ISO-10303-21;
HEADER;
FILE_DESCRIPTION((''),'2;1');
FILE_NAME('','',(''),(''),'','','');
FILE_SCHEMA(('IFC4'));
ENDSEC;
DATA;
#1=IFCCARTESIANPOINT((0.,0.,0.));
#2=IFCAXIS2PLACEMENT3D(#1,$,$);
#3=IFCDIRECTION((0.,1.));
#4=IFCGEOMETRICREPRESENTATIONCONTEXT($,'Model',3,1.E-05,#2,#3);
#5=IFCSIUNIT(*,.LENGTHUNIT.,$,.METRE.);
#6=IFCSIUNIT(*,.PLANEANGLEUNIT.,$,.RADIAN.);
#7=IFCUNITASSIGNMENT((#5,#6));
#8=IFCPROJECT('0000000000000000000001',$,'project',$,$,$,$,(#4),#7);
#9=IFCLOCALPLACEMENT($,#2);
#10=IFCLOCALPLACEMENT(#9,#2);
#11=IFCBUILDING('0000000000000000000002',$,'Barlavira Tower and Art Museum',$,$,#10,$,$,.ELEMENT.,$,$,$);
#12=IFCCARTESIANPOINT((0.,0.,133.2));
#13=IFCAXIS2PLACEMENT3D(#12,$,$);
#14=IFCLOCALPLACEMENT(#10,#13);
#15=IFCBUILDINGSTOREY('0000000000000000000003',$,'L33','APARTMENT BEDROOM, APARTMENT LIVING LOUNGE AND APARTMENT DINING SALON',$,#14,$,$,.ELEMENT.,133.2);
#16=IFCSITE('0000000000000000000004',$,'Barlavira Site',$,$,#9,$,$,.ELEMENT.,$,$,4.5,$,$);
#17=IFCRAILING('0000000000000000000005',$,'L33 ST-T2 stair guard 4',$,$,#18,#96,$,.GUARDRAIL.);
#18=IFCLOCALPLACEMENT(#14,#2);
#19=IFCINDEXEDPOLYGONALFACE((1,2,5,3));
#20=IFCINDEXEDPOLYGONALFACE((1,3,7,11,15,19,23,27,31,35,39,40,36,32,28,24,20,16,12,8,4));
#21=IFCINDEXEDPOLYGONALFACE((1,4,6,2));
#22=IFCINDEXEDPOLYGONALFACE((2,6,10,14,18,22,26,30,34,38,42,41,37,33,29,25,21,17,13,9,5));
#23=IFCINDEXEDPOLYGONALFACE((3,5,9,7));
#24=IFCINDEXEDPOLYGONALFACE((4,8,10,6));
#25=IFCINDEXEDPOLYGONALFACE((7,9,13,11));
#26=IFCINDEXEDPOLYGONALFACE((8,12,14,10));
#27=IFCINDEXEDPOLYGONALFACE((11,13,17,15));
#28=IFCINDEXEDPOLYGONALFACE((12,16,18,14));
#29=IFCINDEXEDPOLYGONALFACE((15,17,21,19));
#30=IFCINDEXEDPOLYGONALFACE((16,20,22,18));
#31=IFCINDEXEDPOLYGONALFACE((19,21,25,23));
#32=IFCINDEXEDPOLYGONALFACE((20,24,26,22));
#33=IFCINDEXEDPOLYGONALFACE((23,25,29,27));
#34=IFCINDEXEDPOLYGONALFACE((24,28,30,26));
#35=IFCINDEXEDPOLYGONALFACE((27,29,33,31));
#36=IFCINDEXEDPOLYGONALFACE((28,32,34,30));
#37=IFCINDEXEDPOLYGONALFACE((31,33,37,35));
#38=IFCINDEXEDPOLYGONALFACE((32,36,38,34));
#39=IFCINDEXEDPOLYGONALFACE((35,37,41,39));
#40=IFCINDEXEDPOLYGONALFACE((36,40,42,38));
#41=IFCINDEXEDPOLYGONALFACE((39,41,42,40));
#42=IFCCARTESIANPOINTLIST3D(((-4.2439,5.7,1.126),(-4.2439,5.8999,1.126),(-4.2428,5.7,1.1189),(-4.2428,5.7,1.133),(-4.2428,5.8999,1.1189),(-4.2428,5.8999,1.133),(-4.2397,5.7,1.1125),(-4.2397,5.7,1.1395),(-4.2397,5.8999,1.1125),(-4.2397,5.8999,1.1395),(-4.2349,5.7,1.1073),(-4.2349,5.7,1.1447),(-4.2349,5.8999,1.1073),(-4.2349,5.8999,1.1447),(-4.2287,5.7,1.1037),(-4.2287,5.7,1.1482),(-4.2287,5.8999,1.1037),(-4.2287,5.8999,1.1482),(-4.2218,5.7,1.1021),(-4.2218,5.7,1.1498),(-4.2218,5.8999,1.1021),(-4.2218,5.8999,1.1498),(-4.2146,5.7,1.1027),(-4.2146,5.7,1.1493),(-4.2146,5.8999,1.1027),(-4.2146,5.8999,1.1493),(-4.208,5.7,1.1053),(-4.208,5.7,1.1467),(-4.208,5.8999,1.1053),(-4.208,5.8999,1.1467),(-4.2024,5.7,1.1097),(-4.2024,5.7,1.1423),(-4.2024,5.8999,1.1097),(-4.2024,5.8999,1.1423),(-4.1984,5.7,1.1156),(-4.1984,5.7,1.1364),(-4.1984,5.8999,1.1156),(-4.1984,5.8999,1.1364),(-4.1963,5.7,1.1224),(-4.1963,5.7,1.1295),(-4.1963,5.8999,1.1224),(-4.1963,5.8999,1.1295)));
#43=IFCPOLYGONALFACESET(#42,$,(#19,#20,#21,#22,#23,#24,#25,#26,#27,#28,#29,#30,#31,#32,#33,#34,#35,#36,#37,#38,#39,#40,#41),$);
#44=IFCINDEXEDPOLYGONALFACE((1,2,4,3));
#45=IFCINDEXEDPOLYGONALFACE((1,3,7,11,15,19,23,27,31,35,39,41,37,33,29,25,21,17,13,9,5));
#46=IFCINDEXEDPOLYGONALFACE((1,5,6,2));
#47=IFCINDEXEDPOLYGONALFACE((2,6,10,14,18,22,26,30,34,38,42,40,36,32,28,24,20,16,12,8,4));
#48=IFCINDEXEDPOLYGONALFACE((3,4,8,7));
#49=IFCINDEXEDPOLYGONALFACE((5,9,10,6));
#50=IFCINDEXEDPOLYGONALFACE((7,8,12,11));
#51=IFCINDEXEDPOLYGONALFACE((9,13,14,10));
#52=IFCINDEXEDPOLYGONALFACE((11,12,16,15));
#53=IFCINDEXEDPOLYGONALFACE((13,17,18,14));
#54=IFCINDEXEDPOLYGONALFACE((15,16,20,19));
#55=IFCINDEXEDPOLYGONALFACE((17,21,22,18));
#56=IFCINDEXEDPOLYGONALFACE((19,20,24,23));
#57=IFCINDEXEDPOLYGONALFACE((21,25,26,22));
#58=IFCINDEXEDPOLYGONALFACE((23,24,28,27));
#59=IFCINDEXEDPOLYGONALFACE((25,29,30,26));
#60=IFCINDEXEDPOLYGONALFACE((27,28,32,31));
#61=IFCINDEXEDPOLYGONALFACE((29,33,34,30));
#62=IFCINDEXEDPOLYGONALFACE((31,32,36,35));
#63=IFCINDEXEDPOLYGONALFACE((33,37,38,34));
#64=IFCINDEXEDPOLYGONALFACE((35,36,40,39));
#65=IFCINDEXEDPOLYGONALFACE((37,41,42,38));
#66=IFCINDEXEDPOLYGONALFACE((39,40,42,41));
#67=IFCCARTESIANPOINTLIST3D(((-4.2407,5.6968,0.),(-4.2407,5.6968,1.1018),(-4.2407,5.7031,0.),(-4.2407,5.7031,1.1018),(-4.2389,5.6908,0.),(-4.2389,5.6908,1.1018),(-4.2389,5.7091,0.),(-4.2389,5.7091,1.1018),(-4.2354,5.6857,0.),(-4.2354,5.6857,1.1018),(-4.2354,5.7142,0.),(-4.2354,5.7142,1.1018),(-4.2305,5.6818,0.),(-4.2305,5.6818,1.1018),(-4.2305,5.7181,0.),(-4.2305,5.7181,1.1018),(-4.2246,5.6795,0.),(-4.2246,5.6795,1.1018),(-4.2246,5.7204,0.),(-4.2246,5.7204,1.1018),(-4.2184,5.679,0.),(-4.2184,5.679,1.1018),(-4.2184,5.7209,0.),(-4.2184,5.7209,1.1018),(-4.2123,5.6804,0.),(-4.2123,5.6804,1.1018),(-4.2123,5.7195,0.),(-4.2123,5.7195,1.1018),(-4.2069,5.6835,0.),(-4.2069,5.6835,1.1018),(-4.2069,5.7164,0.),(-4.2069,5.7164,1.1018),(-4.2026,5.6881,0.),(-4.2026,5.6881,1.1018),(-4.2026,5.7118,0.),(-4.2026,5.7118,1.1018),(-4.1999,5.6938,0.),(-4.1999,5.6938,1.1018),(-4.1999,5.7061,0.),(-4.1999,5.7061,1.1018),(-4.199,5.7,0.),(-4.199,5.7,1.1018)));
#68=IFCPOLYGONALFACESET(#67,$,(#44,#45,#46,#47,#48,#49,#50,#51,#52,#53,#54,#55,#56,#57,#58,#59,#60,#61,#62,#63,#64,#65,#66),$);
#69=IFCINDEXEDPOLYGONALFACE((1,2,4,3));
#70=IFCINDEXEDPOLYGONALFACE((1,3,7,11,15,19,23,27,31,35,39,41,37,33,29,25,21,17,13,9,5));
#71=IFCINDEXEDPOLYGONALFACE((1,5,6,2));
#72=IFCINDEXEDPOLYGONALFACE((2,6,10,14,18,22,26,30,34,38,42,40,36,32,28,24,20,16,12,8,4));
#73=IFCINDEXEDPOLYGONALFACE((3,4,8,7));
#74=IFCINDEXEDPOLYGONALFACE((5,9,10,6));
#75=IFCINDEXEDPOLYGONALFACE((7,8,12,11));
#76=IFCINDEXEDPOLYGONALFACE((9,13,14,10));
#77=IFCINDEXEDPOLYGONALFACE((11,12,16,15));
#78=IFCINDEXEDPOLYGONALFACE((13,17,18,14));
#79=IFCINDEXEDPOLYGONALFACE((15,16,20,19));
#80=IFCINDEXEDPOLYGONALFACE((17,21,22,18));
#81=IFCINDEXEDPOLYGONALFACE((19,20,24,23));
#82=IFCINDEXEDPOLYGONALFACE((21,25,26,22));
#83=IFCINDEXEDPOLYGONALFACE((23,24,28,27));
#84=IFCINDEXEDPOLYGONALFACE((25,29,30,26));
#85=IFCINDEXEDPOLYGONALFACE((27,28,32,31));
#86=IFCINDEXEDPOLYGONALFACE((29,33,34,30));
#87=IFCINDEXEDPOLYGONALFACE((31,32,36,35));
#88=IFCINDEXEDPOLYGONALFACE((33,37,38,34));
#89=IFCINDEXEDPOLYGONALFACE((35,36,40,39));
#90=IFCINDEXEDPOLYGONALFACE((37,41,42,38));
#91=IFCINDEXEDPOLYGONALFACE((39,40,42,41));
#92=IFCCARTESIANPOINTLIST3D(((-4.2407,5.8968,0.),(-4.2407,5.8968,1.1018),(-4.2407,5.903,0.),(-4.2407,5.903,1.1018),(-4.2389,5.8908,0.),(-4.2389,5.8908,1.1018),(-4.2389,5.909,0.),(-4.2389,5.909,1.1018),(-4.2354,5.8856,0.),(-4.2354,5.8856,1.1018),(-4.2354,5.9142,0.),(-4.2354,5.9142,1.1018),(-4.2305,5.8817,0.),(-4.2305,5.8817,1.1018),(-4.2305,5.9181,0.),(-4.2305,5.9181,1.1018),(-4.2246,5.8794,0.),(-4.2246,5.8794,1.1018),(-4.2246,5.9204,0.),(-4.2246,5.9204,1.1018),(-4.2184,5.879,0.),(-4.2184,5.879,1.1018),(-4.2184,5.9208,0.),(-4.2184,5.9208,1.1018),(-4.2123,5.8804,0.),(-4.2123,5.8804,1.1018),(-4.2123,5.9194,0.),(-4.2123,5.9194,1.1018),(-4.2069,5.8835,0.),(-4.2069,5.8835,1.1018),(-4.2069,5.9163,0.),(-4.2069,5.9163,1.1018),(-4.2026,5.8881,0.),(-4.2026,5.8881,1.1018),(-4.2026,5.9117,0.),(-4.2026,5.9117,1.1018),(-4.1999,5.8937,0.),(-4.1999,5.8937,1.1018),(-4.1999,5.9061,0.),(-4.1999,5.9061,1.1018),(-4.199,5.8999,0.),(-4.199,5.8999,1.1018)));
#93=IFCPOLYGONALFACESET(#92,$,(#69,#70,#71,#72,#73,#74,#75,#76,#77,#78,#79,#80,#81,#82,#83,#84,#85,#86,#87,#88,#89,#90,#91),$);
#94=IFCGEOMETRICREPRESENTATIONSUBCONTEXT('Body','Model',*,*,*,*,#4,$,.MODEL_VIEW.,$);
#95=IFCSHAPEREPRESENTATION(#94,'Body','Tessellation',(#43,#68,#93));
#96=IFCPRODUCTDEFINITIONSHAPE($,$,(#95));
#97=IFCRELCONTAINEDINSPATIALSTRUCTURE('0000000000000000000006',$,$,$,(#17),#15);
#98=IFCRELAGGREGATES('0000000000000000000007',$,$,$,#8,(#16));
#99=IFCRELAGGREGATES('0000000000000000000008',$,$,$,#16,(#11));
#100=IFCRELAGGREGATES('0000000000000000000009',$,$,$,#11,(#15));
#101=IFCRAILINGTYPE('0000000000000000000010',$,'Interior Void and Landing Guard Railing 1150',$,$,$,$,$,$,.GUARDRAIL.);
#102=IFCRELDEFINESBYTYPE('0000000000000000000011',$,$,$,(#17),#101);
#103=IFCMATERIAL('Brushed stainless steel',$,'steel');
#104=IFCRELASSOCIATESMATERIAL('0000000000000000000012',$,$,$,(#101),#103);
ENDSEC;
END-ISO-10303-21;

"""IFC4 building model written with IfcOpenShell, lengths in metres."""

from ifc_helpers import new_model, si_unit, direction, frame, origin, origin_2d, place, context, subcontext, project, spatial, circle, extrude, material, type_object, element, save


model = new_model("IFC4")

# Units and contexts
model_context = context("Model", 3, precision=1e-05, world=origin(), true_north=direction((0.0, 1.0)))
body_context = subcontext(model_context, "Body", "Model", "MODEL_VIEW")
ifc_project = project(units=[si_unit("LENGTHUNIT", "METRE"), si_unit("PLANEANGLEUNIT", "RADIAN")], contexts=[model_context])

# Site, building, storey
site_placement = place(None, origin())
site = spatial("IfcSite", under=ifc_project, at=site_placement, Name="Barlavira Site", CompositionType="ELEMENT", RefElevation=4.5)
building_placement = place(site_placement, origin())
building = spatial("IfcBuilding", under=site, at=building_placement, Name="Barlavira Tower and Art Museum", CompositionType="ELEMENT")
storey_placement = place(building_placement, frame((0.0, 0.0, 133.2)))
storey = spatial("IfcBuildingStorey", under=building, at=storey_placement, Name="L33", Description="APARTMENT BEDROOM, APARTMENT LIVING LOUNGE AND APARTMENT DINING SALON", CompositionType="ELEMENT", Elevation=133.2)

# Shared definitions
ifc_material_1 = material(Name="Brushed stainless steel", Category="steel")

# Railing
railing_type_1 = type_object("IfcRailingType", Name="Interior Void and Landing Guard Railing 1150", PredefinedType="GUARDRAIL", material=ifc_material_1)
railing_1_placement = place(storey_placement, frame((-4.22, 5.7, 0.0)))
element("IfcRailing", 1, at=railing_1_placement, inside=storey, type_object=railing_type_1, Name="L33 ST-T2 stair guard 4", PredefinedType="GUARDRAIL", context=body_context, shape_type="SweptSolid", body=[
    extrude(circle(Radius=0.0239, at=origin_2d()), frame((0.0, 0.0, 1.126), z_axis=(0.0, 1.0, 0.0), x_axis=(-1.0, 0.0, 0.0)), (0.0, 0.0, 1.0), 0.2),
    extrude(circle(Radius=0.021, at=origin_2d()), origin(), (0.0, 0.0, 1.0), 1.1018),
    extrude(circle(Radius=0.021, at=origin_2d()), frame((0.0, 0.2, 0.0)), (0.0, 0.0, 1.0), 1.1018),
])

save(model, "model.ifc")
